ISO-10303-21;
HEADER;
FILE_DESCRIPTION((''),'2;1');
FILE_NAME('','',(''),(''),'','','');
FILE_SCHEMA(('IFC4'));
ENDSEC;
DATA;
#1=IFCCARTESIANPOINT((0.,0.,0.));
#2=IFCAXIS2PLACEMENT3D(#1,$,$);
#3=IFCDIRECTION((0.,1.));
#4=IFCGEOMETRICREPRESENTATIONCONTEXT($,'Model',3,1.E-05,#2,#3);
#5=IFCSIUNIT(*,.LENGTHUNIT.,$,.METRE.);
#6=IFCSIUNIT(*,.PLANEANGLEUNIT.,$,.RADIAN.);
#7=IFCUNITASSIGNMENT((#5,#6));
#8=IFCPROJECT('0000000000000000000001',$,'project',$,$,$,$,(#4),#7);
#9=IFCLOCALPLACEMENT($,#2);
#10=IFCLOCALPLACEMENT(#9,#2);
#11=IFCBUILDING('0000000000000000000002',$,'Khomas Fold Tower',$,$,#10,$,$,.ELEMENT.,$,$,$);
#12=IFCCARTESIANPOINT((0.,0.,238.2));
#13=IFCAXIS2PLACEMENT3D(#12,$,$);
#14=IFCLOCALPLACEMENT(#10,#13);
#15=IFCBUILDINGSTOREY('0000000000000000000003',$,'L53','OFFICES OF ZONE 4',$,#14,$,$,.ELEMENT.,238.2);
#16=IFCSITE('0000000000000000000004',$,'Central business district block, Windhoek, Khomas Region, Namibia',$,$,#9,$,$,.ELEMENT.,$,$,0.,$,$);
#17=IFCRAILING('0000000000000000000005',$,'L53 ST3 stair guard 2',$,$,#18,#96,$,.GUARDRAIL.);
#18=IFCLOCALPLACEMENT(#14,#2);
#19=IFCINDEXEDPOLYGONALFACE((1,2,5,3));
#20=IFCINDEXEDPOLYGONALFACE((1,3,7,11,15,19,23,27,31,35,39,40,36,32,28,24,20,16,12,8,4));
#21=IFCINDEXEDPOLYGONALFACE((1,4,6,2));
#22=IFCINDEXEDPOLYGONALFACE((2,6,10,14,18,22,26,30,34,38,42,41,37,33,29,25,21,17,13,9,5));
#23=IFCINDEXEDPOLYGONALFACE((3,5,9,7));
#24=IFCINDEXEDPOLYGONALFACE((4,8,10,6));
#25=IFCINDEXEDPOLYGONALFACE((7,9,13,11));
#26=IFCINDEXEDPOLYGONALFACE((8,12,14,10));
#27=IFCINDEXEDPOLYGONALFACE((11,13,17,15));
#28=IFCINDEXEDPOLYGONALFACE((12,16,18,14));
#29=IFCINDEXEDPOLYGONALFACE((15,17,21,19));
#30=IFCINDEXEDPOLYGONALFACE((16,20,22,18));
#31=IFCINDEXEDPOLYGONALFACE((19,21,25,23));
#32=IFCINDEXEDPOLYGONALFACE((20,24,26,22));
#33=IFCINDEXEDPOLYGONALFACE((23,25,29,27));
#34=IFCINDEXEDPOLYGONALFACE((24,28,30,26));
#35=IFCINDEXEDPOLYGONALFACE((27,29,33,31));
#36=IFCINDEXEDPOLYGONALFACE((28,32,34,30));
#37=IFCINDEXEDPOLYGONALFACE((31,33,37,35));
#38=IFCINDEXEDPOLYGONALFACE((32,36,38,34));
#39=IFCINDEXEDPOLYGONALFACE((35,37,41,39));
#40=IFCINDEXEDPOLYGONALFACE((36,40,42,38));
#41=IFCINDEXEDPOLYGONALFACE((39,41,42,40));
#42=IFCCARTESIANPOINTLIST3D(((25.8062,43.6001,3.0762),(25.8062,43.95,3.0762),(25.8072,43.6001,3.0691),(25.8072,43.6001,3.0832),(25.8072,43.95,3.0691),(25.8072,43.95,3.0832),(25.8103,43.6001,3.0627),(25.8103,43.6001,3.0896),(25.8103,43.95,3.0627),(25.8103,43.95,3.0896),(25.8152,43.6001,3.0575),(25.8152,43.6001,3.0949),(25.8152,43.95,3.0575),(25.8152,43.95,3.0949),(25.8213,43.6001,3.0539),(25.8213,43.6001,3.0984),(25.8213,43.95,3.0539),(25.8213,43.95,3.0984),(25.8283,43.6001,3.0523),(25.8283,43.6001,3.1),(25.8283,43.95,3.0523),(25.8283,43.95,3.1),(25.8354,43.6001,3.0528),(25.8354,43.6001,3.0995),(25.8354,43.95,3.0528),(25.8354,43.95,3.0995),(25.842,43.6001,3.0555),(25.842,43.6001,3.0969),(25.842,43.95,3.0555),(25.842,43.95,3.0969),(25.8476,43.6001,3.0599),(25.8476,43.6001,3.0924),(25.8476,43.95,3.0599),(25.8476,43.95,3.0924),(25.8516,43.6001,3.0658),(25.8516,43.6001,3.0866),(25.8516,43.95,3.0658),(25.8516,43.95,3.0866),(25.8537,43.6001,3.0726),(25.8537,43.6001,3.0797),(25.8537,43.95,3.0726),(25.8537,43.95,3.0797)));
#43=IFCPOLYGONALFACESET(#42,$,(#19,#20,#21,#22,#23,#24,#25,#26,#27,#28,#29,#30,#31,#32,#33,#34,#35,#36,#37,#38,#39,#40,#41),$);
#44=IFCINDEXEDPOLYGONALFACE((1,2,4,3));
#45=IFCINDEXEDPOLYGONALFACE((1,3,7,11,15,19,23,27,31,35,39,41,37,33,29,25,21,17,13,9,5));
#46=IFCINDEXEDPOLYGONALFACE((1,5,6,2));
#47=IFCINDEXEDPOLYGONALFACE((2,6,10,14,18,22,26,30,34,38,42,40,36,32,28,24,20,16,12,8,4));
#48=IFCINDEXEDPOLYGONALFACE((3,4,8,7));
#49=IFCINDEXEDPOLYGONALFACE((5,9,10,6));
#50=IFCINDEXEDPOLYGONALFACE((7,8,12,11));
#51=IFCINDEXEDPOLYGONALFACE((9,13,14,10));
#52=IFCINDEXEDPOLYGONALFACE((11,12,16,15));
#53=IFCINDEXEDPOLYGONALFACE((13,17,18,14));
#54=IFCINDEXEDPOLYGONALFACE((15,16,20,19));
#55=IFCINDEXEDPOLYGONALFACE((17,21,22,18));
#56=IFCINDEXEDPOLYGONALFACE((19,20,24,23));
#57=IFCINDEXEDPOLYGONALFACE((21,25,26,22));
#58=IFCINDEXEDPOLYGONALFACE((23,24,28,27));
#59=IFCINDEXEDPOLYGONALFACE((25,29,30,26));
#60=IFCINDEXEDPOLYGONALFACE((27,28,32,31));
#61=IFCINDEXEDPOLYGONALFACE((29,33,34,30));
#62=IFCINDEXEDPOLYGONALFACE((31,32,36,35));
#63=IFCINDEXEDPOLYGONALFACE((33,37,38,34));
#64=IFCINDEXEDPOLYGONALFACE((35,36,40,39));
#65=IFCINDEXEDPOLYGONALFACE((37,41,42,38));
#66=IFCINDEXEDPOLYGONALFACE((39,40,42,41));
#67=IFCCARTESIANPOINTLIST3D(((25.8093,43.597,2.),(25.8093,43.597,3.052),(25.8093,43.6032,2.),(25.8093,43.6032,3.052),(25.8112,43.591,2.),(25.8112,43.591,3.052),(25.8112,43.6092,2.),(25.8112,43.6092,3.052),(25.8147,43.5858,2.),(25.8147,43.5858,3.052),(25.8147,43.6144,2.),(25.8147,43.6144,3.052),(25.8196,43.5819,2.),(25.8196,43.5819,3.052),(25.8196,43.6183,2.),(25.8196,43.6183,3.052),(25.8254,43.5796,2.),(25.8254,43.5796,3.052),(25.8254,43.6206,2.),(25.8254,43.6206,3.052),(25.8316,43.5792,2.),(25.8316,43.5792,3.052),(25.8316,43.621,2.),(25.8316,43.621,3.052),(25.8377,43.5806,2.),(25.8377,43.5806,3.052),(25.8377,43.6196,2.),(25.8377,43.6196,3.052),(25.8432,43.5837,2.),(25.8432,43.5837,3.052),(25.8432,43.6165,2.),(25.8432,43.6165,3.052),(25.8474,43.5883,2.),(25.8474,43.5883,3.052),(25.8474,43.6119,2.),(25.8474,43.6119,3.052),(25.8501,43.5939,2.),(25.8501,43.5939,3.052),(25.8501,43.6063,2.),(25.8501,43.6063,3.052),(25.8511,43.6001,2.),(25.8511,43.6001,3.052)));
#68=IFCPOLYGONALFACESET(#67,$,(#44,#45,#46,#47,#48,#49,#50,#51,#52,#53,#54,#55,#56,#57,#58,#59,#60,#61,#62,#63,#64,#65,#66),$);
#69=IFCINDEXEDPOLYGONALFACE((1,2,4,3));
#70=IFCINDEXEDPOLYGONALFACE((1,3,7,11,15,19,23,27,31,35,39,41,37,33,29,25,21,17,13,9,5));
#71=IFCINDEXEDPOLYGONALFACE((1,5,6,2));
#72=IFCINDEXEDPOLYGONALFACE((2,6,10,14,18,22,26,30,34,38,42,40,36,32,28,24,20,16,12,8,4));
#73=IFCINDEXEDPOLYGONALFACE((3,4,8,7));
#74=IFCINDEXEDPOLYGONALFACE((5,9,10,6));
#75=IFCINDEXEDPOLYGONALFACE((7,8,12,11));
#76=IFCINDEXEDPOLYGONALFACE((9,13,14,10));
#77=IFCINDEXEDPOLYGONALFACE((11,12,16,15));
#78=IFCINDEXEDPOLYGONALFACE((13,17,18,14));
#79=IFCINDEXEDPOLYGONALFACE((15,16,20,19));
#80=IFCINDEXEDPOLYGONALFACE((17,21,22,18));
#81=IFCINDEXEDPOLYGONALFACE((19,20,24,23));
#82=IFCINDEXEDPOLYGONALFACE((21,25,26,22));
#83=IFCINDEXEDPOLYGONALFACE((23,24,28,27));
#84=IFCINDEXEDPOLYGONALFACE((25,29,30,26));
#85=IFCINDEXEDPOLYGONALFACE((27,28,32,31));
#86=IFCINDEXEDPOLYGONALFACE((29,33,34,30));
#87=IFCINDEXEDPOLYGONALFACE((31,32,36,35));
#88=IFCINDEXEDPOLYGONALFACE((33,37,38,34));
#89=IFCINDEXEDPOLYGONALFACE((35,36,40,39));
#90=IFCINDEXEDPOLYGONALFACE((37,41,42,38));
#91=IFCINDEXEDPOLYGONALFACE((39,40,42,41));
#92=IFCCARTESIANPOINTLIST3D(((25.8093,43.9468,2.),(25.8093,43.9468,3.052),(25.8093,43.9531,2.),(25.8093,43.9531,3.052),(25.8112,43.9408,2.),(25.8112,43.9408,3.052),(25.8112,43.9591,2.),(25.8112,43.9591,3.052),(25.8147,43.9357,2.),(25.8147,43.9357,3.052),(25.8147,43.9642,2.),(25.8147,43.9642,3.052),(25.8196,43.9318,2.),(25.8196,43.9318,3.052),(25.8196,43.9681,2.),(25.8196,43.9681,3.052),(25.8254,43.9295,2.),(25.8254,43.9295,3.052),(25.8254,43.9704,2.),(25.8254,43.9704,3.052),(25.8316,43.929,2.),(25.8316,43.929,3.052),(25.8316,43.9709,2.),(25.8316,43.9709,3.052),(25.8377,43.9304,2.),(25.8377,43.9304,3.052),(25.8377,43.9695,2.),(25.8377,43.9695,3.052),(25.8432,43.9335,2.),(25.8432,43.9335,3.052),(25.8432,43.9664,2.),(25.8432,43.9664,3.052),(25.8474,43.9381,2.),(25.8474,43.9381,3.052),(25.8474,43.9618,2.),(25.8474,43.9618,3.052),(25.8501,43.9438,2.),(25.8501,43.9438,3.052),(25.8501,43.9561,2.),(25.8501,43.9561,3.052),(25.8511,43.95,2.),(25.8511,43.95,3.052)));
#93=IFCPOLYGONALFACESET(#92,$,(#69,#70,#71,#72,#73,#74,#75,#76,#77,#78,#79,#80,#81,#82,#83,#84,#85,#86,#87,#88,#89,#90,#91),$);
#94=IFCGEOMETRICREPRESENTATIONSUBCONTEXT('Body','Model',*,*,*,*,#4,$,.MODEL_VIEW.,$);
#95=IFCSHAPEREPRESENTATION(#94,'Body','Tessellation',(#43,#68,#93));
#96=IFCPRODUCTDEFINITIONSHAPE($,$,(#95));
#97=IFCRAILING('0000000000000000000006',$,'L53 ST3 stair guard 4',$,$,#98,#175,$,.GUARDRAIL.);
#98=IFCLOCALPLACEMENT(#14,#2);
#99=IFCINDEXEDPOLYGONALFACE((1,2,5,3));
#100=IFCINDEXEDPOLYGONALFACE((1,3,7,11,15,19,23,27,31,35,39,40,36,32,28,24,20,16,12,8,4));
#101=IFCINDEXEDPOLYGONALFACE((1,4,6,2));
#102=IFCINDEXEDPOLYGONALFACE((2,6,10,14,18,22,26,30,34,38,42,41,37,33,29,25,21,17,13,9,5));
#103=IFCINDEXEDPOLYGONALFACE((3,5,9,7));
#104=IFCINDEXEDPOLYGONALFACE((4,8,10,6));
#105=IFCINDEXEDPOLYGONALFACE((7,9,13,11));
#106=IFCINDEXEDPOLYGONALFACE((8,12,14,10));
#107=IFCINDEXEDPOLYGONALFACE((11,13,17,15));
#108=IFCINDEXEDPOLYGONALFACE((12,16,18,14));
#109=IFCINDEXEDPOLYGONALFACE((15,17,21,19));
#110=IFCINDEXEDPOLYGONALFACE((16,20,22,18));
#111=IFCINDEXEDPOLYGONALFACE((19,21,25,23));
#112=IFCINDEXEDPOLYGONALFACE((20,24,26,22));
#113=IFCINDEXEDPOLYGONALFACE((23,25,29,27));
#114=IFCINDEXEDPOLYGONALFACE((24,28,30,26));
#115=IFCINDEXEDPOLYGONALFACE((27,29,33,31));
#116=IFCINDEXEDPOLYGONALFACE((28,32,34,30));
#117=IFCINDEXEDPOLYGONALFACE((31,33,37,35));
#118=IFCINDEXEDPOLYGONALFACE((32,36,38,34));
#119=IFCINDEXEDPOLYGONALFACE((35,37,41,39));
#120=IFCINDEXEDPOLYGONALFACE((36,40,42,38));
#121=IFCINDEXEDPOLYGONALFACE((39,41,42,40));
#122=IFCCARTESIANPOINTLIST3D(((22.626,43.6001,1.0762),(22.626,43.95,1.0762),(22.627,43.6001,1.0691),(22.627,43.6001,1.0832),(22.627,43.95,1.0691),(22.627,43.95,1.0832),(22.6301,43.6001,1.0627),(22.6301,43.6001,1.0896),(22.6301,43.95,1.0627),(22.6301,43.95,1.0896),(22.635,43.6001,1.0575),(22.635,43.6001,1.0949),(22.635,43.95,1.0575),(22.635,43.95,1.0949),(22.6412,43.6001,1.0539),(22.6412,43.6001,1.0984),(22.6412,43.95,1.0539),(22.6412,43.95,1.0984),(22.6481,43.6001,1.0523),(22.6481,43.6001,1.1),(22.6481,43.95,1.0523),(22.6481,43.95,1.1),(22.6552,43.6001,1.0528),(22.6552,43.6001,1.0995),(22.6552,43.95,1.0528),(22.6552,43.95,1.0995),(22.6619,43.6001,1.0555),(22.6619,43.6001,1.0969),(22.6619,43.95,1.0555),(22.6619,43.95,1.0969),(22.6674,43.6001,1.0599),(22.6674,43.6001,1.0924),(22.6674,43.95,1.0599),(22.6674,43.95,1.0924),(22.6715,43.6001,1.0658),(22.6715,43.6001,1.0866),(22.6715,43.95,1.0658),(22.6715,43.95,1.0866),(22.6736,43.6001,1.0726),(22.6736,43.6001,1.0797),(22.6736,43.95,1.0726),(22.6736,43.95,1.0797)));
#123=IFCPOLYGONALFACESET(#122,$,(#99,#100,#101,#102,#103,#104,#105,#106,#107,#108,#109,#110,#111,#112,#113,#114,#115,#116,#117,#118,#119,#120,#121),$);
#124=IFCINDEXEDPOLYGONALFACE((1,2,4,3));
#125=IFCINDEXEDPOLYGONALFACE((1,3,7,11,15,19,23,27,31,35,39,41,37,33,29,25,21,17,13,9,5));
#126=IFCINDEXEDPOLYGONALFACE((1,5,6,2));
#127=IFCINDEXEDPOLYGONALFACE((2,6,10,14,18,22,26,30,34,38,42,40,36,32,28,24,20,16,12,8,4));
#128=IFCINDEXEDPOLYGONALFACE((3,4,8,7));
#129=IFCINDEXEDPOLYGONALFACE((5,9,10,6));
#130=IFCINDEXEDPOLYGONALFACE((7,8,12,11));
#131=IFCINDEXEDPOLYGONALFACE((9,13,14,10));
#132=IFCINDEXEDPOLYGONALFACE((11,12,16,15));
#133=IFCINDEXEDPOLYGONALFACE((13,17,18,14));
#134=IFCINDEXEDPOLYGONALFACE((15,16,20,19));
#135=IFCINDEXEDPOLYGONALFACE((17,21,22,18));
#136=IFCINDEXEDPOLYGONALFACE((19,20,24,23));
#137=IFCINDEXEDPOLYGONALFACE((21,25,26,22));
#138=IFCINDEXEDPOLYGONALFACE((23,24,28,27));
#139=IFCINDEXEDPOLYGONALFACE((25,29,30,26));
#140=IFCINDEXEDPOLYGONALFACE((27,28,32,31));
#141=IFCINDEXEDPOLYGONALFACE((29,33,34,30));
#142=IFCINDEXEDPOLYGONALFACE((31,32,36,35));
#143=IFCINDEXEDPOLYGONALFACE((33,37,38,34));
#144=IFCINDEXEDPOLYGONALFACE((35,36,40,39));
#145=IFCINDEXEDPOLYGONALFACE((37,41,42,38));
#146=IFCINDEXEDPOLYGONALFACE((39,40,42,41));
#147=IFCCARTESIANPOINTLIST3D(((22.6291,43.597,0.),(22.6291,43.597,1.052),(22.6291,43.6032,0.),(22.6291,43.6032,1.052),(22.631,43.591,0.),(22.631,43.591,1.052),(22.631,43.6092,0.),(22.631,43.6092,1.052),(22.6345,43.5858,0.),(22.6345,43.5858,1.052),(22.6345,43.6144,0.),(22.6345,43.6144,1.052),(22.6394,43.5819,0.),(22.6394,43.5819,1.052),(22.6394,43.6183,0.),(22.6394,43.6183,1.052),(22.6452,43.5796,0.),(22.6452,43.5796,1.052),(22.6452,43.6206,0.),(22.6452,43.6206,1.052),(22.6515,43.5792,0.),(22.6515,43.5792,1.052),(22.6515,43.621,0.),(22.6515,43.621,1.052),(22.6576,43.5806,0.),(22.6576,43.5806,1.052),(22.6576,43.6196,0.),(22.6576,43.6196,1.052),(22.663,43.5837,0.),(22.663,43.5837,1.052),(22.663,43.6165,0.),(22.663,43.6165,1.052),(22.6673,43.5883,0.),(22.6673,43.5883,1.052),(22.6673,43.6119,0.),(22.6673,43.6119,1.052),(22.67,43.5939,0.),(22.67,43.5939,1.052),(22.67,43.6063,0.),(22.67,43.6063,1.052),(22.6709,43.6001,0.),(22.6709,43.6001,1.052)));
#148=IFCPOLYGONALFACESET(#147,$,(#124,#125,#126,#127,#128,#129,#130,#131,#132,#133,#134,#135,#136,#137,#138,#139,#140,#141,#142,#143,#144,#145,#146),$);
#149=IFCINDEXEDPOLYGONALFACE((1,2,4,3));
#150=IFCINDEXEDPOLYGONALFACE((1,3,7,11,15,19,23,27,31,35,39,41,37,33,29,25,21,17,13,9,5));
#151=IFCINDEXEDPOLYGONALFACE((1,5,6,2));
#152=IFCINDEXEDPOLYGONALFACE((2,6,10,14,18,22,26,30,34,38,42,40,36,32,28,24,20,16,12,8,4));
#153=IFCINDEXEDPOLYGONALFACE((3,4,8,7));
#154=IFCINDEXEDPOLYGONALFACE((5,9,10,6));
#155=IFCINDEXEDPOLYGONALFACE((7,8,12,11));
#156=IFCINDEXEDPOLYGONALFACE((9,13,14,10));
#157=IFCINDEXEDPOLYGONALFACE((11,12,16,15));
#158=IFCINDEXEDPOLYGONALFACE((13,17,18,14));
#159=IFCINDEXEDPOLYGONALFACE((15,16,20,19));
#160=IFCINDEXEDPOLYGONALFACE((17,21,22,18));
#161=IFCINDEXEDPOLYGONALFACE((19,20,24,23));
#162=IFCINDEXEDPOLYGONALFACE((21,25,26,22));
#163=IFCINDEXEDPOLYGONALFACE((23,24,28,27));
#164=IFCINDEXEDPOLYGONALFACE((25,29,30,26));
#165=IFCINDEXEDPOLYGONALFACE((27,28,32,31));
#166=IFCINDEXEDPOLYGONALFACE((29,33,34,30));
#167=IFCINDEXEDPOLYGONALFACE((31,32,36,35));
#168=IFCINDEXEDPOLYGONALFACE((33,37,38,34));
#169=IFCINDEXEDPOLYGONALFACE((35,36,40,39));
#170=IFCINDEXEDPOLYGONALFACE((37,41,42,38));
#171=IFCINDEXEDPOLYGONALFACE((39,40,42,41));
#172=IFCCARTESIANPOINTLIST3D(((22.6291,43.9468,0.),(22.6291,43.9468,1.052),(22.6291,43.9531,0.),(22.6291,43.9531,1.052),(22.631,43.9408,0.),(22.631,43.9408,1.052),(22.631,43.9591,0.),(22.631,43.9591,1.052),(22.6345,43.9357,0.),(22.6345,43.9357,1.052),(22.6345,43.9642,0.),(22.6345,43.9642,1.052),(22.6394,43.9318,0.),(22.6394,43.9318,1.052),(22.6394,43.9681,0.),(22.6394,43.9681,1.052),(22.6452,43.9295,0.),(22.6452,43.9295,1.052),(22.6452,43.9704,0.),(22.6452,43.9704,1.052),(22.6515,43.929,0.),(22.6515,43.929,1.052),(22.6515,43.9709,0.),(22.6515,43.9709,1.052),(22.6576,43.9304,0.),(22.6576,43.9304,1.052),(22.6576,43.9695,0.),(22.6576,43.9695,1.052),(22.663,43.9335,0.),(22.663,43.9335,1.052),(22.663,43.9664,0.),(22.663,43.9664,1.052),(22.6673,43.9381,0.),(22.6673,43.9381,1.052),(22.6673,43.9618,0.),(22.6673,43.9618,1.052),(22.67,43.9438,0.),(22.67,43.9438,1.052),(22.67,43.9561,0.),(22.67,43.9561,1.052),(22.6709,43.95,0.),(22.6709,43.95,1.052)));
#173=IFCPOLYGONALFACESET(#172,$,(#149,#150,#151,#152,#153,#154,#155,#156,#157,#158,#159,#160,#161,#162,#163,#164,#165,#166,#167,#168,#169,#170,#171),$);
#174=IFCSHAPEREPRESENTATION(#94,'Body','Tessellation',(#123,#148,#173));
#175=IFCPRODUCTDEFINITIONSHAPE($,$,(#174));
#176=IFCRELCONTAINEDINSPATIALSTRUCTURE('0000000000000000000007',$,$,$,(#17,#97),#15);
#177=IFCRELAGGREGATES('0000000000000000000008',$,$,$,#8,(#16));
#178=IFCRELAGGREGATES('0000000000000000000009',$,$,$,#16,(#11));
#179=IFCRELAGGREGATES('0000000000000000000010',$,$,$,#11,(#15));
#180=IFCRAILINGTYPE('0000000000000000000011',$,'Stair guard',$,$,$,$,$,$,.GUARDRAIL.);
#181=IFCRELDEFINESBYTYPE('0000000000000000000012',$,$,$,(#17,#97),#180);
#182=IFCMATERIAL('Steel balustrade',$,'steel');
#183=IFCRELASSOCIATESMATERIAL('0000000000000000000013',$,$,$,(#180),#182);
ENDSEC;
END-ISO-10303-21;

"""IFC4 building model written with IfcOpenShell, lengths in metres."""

from ifc_helpers import new_model, si_unit, direction, frame, origin, origin_2d, place, context, subcontext, project, spatial, circle, extrude, source, transform, mapped, material, type_object, element, save


model = new_model("IFC4")

# Units and contexts
model_context = context("Model", 3, precision=1e-05, world=origin(), true_north=direction((0.0, 1.0)))
body_context = subcontext(model_context, "Body", "Model", "MODEL_VIEW")
ifc_project = project(units=[si_unit("LENGTHUNIT", "METRE"), si_unit("PLANEANGLEUNIT", "RADIAN")], contexts=[model_context])

# Site, building, storey
site_placement = place(None, origin())
site = spatial("IfcSite", under=ifc_project, at=site_placement, Name="Central business district block, Windhoek, Khomas Region, Namibia", CompositionType="ELEMENT", RefElevation=0.0)
building_placement = place(site_placement, origin())
building = spatial("IfcBuilding", under=site, at=building_placement, Name="Khomas Fold Tower", CompositionType="ELEMENT")
storey_placement = place(building_placement, frame((0.0, 0.0, 238.2)))
storey = spatial("IfcBuildingStorey", under=building, at=storey_placement, Name="L53", Description="OFFICES OF ZONE 4", CompositionType="ELEMENT", Elevation=238.2)

# Railings
ifc_material_1 = material(Name="Steel balustrade", Category="steel")
railing_type_1 = type_object("IfcRailingType", Name="Stair guard", PredefinedType="GUARDRAIL", material=ifc_material_1)
shared_shape_1 = source(origin(), body_context, "Body", "SweptSolid", [
    extrude(circle(Radius=0.0239, at=origin_2d()), frame((0.0, 0.0, 1.0762), z_axis=(0.0, 1.0, 0.0), x_axis=(-1.0, 0.0, 0.0)), (0.0, 0.0, 1.0), 0.3499),
    extrude(circle(Radius=0.021, at=origin_2d()), origin(), (0.0, 0.0, 1.0), 1.052),
    extrude(circle(Radius=0.021, at=origin_2d()), frame((0.0, 0.3499, 0.0)), (0.0, 0.0, 1.0), 1.052),
])
for number, where, name in (
    (1, (25.8301, 43.6001, 2.0), "L53 ST3 stair guard 2"),
    (2, (22.6499, 43.6001, 0.0), "L53 ST3 stair guard 4"),
):
    element("IfcRailing", number, at=place(storey_placement, frame(where)), inside=storey, type_object=railing_type_1, Name=name, PredefinedType="GUARDRAIL", context=body_context, shape_type="MappedRepresentation", body=[
        mapped(shared_shape_1, transform((0.0, 0.0, 0.0))),
    ])

save(model, "model.ifc")
